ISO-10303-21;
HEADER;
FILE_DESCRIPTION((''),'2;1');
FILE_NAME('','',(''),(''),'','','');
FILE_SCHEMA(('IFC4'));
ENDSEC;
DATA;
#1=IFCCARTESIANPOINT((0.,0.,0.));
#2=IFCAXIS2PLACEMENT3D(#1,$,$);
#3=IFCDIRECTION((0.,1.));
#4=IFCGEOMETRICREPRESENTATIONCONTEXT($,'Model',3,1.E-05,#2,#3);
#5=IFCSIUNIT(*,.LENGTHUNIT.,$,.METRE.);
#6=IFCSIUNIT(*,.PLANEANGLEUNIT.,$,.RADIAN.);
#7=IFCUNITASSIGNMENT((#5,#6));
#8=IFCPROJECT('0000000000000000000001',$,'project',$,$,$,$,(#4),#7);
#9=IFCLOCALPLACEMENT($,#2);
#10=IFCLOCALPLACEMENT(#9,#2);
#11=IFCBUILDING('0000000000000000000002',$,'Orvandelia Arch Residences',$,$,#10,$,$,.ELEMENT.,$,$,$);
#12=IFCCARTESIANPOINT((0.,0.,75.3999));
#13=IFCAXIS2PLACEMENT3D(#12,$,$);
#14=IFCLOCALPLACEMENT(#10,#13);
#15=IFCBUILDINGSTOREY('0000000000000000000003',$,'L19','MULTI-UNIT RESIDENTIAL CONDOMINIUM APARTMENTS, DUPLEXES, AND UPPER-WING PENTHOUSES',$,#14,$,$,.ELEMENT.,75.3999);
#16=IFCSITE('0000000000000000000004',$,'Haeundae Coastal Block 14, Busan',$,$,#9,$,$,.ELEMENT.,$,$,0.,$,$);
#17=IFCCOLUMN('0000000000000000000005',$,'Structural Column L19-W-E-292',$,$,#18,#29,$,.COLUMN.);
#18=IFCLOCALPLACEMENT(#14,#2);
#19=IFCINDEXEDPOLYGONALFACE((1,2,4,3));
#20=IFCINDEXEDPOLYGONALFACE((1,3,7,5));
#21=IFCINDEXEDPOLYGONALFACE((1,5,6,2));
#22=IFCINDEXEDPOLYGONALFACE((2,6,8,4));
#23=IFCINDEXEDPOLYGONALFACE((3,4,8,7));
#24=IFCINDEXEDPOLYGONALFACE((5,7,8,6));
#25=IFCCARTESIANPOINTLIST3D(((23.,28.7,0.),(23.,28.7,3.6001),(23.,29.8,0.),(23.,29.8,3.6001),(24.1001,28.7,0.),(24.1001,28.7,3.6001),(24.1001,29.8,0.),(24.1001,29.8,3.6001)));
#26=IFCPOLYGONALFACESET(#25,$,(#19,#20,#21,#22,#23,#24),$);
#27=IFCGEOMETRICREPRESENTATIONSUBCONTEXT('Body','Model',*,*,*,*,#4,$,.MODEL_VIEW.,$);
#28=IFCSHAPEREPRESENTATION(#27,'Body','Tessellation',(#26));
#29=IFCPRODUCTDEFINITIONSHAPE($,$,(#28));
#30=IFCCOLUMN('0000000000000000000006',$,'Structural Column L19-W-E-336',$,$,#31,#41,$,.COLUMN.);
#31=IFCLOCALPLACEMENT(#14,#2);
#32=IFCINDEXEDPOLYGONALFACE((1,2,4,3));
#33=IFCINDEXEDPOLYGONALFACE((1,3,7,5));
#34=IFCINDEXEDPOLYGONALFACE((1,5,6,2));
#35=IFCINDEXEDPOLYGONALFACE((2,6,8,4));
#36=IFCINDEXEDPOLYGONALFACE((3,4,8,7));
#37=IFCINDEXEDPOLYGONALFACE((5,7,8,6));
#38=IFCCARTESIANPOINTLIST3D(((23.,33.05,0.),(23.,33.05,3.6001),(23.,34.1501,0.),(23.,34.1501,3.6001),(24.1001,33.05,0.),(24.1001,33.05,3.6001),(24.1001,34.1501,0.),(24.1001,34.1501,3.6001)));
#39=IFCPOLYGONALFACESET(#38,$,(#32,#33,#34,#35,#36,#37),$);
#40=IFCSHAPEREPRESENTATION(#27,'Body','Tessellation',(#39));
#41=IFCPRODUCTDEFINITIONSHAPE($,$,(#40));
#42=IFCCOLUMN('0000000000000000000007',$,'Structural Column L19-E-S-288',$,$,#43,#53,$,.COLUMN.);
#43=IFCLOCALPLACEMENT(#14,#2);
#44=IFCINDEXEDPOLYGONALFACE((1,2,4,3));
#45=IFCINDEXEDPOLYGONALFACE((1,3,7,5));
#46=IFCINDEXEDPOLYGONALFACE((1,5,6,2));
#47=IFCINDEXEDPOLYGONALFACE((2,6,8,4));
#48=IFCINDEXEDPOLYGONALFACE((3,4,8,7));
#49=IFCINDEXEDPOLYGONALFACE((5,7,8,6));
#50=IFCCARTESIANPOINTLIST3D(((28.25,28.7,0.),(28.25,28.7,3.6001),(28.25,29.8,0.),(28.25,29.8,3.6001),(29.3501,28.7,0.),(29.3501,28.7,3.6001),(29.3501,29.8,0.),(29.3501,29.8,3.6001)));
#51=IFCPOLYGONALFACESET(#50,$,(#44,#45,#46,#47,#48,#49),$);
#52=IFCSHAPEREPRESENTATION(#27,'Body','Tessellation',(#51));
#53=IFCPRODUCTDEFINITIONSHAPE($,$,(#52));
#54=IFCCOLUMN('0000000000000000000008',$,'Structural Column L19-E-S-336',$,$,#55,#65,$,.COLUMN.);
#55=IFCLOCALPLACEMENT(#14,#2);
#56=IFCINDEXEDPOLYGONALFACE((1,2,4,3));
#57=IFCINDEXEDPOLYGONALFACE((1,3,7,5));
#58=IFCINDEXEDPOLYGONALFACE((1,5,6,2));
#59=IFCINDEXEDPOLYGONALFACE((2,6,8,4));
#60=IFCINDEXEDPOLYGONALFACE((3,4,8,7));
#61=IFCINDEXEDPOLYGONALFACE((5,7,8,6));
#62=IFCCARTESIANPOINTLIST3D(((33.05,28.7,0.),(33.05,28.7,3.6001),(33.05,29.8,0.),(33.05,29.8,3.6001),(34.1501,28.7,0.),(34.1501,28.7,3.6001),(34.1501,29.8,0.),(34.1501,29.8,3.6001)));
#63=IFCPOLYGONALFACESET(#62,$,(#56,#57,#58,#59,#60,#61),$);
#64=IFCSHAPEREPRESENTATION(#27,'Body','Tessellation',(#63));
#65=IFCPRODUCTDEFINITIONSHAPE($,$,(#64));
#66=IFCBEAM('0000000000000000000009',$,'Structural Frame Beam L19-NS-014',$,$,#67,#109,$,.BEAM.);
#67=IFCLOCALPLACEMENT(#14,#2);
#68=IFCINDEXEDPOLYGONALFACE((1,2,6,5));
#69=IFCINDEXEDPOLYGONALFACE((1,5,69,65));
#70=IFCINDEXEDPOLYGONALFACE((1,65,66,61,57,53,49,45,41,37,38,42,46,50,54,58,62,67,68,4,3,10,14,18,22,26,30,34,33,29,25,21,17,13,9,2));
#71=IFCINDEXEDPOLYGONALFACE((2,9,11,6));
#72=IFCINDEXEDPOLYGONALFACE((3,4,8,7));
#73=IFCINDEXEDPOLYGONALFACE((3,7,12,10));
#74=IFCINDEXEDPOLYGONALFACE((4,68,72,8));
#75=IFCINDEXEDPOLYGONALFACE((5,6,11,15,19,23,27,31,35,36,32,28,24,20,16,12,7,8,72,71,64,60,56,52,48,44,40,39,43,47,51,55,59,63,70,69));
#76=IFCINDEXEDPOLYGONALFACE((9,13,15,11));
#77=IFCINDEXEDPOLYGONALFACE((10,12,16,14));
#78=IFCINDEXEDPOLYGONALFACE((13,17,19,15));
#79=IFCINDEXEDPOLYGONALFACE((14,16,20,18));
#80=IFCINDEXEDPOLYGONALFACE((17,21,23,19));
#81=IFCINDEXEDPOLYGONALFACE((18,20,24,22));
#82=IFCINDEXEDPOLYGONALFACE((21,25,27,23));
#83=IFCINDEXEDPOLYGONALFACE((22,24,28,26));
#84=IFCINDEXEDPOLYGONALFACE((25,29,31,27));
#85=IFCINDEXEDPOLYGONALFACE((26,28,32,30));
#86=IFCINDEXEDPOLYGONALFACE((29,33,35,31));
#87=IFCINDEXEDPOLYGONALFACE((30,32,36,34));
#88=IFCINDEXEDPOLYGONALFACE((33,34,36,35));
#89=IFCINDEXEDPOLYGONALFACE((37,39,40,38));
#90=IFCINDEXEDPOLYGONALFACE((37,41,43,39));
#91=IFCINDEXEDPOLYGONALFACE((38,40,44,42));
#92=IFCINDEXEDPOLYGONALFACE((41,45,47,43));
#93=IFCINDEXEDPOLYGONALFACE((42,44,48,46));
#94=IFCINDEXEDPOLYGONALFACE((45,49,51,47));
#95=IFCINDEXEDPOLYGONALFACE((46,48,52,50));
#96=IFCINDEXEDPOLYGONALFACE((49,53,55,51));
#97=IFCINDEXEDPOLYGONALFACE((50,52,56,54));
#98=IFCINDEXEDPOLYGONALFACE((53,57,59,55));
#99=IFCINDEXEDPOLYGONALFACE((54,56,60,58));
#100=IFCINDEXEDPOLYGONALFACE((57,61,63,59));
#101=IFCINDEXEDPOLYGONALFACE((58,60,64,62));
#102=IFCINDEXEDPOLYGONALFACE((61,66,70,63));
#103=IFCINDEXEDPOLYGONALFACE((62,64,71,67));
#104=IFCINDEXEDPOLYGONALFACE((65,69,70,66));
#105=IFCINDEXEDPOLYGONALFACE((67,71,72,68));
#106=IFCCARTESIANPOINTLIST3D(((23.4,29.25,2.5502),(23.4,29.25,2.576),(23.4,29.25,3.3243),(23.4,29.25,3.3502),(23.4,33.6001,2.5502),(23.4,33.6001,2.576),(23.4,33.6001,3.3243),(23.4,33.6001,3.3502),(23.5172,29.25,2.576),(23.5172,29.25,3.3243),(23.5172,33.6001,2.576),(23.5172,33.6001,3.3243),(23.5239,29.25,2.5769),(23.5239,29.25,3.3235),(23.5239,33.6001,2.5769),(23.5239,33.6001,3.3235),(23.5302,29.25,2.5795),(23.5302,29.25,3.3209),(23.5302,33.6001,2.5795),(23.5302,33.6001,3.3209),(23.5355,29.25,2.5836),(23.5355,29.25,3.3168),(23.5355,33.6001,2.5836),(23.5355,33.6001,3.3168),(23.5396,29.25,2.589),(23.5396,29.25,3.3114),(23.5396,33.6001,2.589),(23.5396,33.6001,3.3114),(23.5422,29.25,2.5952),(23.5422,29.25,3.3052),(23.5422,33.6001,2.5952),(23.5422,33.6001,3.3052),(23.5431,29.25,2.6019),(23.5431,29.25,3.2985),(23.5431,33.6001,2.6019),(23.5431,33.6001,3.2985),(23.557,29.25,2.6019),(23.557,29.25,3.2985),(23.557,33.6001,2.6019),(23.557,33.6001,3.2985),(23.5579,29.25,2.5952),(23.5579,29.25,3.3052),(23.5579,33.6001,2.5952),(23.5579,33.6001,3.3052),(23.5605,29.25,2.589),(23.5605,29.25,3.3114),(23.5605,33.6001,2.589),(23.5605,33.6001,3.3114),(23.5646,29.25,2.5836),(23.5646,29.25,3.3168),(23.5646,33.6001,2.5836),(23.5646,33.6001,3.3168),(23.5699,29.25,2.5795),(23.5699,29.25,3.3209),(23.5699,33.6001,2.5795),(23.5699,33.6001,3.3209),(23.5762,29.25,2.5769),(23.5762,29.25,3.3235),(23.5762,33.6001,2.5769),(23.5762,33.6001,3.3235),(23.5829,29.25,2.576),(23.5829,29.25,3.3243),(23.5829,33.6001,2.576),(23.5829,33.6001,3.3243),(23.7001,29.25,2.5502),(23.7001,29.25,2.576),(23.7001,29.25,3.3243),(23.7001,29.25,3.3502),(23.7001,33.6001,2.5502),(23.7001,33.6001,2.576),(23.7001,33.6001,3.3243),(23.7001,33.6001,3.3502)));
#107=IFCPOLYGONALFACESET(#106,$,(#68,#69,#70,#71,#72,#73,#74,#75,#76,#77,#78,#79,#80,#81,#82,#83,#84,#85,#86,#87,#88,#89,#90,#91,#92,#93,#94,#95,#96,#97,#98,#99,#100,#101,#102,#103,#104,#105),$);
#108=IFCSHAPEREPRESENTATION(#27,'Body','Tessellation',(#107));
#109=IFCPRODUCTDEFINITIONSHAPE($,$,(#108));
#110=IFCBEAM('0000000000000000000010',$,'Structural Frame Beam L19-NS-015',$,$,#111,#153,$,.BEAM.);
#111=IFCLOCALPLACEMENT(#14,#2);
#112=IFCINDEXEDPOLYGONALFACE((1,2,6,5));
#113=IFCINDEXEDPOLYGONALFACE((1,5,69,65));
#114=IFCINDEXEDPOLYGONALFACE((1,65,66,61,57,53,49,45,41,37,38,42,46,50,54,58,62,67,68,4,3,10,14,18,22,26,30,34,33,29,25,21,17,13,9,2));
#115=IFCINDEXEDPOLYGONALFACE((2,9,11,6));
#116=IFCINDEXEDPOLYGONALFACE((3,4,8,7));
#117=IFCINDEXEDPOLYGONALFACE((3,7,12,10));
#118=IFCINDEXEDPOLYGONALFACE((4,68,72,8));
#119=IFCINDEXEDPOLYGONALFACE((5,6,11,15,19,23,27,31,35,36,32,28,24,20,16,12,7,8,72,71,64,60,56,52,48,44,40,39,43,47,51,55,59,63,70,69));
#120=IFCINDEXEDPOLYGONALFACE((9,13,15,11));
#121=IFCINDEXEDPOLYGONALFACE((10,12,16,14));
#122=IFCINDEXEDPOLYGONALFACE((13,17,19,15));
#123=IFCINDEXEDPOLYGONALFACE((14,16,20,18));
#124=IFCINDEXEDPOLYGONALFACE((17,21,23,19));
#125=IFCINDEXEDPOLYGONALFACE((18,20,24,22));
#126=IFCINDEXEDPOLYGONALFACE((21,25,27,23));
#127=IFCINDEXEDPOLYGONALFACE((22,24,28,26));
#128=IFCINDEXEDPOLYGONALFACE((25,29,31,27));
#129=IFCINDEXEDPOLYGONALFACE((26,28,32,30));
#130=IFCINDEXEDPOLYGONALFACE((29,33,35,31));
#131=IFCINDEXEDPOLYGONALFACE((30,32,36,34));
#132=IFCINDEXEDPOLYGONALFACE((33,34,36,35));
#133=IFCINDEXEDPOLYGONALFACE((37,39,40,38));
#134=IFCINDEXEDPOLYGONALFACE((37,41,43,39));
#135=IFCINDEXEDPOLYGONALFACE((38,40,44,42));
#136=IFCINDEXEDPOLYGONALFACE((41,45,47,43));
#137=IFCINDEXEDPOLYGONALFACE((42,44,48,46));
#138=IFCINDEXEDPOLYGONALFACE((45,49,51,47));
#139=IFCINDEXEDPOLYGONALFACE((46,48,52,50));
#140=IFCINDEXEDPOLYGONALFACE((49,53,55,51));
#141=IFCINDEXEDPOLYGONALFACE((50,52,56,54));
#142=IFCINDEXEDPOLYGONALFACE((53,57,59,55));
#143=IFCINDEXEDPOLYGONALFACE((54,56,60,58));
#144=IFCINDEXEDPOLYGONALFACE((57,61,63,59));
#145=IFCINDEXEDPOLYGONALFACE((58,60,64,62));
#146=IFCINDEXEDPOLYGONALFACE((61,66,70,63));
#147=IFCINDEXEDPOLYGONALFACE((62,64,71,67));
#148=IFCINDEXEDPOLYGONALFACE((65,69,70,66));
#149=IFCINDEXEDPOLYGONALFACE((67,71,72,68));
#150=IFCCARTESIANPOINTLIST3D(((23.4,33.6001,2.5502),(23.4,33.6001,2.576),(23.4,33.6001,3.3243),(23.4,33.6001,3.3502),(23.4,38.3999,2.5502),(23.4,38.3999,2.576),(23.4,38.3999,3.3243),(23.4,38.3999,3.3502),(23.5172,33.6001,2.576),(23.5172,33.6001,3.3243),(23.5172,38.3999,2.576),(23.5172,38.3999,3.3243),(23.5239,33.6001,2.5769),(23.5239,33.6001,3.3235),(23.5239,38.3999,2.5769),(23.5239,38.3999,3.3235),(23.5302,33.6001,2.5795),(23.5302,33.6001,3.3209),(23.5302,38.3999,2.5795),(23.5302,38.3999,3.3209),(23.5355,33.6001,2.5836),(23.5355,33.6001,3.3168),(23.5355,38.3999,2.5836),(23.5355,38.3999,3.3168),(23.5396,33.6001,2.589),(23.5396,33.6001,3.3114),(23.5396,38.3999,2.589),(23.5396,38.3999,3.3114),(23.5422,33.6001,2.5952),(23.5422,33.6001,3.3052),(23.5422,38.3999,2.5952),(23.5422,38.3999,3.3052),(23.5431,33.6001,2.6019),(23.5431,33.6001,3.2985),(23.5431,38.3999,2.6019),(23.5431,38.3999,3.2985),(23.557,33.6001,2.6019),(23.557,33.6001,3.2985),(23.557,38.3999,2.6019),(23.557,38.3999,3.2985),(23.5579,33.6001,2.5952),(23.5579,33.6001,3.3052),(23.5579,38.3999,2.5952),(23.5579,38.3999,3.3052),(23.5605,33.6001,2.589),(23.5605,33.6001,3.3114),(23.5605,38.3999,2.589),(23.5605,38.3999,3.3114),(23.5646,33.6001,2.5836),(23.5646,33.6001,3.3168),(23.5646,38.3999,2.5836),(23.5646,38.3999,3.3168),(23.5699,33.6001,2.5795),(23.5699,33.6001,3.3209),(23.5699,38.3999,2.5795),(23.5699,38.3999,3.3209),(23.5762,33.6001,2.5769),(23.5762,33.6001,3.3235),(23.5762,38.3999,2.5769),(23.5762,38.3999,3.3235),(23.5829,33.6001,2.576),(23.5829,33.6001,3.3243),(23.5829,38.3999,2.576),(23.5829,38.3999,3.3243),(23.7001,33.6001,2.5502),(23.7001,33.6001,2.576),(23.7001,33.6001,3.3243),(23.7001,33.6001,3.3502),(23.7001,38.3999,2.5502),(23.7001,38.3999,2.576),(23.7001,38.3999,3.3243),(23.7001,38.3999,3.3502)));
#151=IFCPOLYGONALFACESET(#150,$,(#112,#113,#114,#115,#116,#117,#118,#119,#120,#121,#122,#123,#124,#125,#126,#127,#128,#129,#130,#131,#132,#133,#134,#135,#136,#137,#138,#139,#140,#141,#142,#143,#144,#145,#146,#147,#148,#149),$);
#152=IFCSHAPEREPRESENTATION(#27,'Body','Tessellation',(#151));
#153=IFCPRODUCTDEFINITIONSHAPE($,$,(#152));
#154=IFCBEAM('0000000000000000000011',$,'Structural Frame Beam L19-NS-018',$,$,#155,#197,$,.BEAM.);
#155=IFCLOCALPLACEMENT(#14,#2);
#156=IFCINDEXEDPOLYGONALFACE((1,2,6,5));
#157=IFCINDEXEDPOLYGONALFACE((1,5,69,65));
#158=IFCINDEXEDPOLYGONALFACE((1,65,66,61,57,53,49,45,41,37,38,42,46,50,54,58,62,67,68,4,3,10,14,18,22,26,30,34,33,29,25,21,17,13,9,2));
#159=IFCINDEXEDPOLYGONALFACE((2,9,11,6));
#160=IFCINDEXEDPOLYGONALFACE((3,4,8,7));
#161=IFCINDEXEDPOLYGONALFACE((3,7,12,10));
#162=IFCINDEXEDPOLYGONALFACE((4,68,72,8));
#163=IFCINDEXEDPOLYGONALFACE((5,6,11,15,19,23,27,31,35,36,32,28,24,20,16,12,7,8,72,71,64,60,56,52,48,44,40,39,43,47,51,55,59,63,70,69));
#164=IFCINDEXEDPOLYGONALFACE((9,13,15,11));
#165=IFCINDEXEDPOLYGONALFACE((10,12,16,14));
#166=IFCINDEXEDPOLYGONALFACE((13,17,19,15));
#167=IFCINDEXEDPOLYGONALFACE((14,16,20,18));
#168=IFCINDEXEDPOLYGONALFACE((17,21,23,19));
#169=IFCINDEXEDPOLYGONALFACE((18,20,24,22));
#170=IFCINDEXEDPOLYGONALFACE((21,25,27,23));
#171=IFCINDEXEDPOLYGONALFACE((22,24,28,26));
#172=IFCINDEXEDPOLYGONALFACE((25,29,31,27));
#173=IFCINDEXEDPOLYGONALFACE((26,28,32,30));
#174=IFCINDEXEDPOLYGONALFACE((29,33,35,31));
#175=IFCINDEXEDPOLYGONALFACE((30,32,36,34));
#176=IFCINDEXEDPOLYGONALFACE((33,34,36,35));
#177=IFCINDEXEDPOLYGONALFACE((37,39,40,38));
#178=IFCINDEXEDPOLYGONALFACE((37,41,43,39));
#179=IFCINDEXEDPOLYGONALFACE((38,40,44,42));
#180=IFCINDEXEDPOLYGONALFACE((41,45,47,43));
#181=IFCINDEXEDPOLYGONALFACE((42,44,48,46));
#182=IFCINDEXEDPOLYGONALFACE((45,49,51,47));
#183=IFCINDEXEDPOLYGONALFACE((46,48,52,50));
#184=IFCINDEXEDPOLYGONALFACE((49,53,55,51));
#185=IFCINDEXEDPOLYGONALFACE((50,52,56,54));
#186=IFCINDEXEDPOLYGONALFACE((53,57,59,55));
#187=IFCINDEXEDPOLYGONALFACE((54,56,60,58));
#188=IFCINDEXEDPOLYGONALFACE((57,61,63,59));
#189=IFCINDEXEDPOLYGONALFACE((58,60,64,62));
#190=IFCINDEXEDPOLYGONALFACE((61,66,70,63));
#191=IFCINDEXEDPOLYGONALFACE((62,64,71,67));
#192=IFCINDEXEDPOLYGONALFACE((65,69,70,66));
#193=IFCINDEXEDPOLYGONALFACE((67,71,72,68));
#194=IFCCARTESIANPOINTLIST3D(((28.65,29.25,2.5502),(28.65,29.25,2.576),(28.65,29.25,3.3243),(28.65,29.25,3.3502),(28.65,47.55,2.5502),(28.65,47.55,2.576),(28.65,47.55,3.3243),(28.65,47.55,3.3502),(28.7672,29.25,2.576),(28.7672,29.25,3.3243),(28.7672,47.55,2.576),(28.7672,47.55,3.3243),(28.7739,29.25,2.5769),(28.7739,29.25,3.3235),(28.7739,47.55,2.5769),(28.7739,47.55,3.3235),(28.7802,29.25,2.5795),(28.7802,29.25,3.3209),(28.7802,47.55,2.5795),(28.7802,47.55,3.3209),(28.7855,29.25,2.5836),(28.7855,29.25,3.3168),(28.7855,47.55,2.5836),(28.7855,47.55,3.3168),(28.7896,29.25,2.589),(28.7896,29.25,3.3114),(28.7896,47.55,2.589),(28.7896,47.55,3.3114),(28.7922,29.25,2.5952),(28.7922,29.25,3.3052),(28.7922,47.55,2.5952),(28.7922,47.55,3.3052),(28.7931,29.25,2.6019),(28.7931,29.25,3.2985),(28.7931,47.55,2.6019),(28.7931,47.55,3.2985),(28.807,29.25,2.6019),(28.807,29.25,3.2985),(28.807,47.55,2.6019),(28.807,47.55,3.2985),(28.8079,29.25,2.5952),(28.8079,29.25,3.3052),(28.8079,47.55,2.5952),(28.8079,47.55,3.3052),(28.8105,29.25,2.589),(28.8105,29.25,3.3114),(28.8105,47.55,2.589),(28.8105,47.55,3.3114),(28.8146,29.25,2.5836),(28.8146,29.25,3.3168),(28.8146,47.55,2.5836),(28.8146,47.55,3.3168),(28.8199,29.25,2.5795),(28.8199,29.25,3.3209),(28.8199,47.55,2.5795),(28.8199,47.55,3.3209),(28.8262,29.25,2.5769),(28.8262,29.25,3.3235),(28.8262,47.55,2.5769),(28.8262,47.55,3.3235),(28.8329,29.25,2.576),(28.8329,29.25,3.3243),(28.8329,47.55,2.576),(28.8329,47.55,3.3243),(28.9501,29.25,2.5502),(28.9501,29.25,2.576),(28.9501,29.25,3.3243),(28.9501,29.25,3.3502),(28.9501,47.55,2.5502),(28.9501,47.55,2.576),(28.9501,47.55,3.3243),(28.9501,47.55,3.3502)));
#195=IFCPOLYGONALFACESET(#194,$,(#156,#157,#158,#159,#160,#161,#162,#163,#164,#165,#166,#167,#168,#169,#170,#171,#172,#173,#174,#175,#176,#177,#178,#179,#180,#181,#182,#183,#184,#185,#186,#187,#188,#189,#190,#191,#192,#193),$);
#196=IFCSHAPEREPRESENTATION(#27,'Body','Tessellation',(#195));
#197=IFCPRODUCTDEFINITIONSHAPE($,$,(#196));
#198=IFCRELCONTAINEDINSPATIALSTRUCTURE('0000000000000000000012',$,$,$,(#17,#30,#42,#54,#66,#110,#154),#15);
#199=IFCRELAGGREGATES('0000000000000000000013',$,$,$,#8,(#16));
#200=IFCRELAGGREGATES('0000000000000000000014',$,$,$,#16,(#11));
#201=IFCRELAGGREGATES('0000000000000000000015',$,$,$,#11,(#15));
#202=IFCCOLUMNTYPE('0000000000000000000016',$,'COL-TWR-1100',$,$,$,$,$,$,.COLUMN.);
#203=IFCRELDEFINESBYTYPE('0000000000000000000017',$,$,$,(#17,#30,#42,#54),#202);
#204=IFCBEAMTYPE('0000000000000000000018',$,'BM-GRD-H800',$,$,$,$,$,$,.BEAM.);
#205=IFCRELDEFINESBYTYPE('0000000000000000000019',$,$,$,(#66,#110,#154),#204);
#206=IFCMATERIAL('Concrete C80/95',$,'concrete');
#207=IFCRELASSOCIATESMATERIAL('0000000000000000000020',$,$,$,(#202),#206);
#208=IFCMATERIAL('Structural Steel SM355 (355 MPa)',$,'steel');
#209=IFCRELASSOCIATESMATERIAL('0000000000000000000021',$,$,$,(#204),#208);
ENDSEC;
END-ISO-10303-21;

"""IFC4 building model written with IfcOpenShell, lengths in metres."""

from ifc_helpers import new_model, si_unit, direction, frame, origin, origin_2d, place, context, subcontext, project, spatial, rectangle, i_section, extrude, material, material_profile, profile_set, type_object, element, save


model = new_model("IFC4")

# Units and contexts
model_context = context("Model", 3, precision=1e-05, world=origin(), true_north=direction((0.0, 1.0)))
body_context = subcontext(model_context, "Body", "Model", "MODEL_VIEW")
ifc_project = project(units=[si_unit("LENGTHUNIT", "METRE"), si_unit("PLANEANGLEUNIT", "RADIAN")], contexts=[model_context])

# Site, building, storey
site_placement = place(None, origin())
site = spatial("IfcSite", under=ifc_project, at=site_placement, Name="Haeundae Coastal Block 14, Busan", CompositionType="ELEMENT", RefElevation=0.0)
building_placement = place(site_placement, origin())
building = spatial("IfcBuilding", under=site, at=building_placement, Name="Orvandelia Arch Residences", CompositionType="ELEMENT")
storey_placement = place(building_placement, frame((0.0, 0.0, 75.3999)))
storey = spatial("IfcBuildingStorey", under=building, at=storey_placement, Name="L19", Description="MULTI-UNIT RESIDENTIAL CONDOMINIUM APARTMENTS, DUPLEXES, AND UPPER-WING PENTHOUSES", CompositionType="ELEMENT", Elevation=75.3999)

# Columns
ifc_material_1 = material(Name="Concrete C80/95", Category="concrete")
ifc_material_profile_1 = material_profile(ifc_material_1, rectangle(XDim=1.1001, YDim=1.1001, at=origin_2d()), Name="Concrete C80/95", Category="concrete")
ifc_profile_set_1 = profile_set([ifc_material_profile_1], Name="Concrete C80/95")
column_type = type_object("IfcColumnType", Name="COL-TWR-1100", PredefinedType="COLUMN", material=ifc_profile_set_1)
for number, where, z_axis, x_axis, name in (
    (1, (23.55, 29.25, 0.0), (0.0, 0.0, 1.0), (1.0, 0.0, 0.0), "Structural Column L19-W-E-292"),
    (2, (23.55, 33.6001, 0.0), (0.0, 0.0, 1.0), (1.0, 0.0, 0.0), "Structural Column L19-W-E-336"),
    (3, (28.8, 29.25, 0.0), (0.0, 0.0, 1.0), (1.0, 0.0, 0.0), "Structural Column L19-E-S-288"),
    (4, (33.6001, 29.25, 0.0), (0.0, 0.0, 1.0), (1.0, 0.0, 0.0), "Structural Column L19-E-S-336"),
):
    element("IfcColumn", number, at=place(storey_placement, frame(where, z_axis=z_axis, x_axis=x_axis)), inside=storey, type_object=column_type, Name=name, PredefinedType="COLUMN", context=body_context, shape_type="SweptSolid", body=[
        extrude(rectangle(XDim=1.1001, YDim=1.1001, at=origin_2d()), origin(), (0.0, 0.0, 1.0), 3.6001),
    ])

# Beams
ifc_material_2 = material(Name="Structural Steel SM355 (355 MPa)", Category="steel")
ifc_material_profile_2 = material_profile(ifc_material_2, i_section(OverallWidth=0.3, OverallDepth=0.8, WebThickness=0.0139, FlangeThickness=0.0259, FilletRadius=0.0259, at=origin_2d()), Name="Structural Steel SM355 (355 MPa)", Category="steel")
ifc_profile_set_2 = profile_set([ifc_material_profile_2], Name="Structural Steel SM355 (355 MPa)")
beam_type = type_object("IfcBeamType", Name="BM-GRD-H800", PredefinedType="BEAM", material=ifc_profile_set_2)
beam_1_placement = place(storey_placement, frame((23.55, 29.25, 2.9502), z_axis=(0.0, 1.0, 0.0), x_axis=(-1.0, 0.0, 0.0)))
element("IfcBeam", 5, at=beam_1_placement, inside=storey, type_object=beam_type, Name="Structural Frame Beam L19-NS-014", PredefinedType="BEAM", context=body_context, shape_type="SweptSolid", body=[
    extrude(i_section(OverallWidth=0.3, OverallDepth=0.8, WebThickness=0.0139, FlangeThickness=0.0259, FilletRadius=0.0259, at=origin_2d()), origin(), (0.0, 0.0, 1.0), 4.3501),
])
beam_2_placement = place(storey_placement, frame((23.55, 33.6001, 2.9502), z_axis=(0.0, 1.0, 0.0), x_axis=(-1.0, 0.0, 0.0)))
element("IfcBeam", 6, at=beam_2_placement, inside=storey, type_object=beam_type, Name="Structural Frame Beam L19-NS-015", PredefinedType="BEAM", context=body_context, shape_type="SweptSolid", body=[
    extrude(i_section(OverallWidth=0.3, OverallDepth=0.8, WebThickness=0.0139, FlangeThickness=0.0259, FilletRadius=0.0259, at=origin_2d()), origin(), (0.0, 0.0, 1.0), 4.7998),
])
for number, where, z_axis, x_axis, name in (
    (7, (28.8, 29.25, 2.9502), (0.0, 1.0, 0.0), (-1.0, 0.0, 0.0), "Structural Frame Beam L19-NS-018"),
):
    element("IfcBeam", number, at=place(storey_placement, frame(where, z_axis=z_axis, x_axis=x_axis)), inside=storey, type_object=beam_type, Name=name, PredefinedType="BEAM", context=body_context, shape_type="SweptSolid", body=[
        extrude(i_section(OverallWidth=0.3, OverallDepth=0.8, WebThickness=0.0139, FlangeThickness=0.0259, FilletRadius=0.0259, at=origin_2d()), origin(), (0.0, 0.0, 1.0), 18.3),
    ])

save(model, "model.ifc")
